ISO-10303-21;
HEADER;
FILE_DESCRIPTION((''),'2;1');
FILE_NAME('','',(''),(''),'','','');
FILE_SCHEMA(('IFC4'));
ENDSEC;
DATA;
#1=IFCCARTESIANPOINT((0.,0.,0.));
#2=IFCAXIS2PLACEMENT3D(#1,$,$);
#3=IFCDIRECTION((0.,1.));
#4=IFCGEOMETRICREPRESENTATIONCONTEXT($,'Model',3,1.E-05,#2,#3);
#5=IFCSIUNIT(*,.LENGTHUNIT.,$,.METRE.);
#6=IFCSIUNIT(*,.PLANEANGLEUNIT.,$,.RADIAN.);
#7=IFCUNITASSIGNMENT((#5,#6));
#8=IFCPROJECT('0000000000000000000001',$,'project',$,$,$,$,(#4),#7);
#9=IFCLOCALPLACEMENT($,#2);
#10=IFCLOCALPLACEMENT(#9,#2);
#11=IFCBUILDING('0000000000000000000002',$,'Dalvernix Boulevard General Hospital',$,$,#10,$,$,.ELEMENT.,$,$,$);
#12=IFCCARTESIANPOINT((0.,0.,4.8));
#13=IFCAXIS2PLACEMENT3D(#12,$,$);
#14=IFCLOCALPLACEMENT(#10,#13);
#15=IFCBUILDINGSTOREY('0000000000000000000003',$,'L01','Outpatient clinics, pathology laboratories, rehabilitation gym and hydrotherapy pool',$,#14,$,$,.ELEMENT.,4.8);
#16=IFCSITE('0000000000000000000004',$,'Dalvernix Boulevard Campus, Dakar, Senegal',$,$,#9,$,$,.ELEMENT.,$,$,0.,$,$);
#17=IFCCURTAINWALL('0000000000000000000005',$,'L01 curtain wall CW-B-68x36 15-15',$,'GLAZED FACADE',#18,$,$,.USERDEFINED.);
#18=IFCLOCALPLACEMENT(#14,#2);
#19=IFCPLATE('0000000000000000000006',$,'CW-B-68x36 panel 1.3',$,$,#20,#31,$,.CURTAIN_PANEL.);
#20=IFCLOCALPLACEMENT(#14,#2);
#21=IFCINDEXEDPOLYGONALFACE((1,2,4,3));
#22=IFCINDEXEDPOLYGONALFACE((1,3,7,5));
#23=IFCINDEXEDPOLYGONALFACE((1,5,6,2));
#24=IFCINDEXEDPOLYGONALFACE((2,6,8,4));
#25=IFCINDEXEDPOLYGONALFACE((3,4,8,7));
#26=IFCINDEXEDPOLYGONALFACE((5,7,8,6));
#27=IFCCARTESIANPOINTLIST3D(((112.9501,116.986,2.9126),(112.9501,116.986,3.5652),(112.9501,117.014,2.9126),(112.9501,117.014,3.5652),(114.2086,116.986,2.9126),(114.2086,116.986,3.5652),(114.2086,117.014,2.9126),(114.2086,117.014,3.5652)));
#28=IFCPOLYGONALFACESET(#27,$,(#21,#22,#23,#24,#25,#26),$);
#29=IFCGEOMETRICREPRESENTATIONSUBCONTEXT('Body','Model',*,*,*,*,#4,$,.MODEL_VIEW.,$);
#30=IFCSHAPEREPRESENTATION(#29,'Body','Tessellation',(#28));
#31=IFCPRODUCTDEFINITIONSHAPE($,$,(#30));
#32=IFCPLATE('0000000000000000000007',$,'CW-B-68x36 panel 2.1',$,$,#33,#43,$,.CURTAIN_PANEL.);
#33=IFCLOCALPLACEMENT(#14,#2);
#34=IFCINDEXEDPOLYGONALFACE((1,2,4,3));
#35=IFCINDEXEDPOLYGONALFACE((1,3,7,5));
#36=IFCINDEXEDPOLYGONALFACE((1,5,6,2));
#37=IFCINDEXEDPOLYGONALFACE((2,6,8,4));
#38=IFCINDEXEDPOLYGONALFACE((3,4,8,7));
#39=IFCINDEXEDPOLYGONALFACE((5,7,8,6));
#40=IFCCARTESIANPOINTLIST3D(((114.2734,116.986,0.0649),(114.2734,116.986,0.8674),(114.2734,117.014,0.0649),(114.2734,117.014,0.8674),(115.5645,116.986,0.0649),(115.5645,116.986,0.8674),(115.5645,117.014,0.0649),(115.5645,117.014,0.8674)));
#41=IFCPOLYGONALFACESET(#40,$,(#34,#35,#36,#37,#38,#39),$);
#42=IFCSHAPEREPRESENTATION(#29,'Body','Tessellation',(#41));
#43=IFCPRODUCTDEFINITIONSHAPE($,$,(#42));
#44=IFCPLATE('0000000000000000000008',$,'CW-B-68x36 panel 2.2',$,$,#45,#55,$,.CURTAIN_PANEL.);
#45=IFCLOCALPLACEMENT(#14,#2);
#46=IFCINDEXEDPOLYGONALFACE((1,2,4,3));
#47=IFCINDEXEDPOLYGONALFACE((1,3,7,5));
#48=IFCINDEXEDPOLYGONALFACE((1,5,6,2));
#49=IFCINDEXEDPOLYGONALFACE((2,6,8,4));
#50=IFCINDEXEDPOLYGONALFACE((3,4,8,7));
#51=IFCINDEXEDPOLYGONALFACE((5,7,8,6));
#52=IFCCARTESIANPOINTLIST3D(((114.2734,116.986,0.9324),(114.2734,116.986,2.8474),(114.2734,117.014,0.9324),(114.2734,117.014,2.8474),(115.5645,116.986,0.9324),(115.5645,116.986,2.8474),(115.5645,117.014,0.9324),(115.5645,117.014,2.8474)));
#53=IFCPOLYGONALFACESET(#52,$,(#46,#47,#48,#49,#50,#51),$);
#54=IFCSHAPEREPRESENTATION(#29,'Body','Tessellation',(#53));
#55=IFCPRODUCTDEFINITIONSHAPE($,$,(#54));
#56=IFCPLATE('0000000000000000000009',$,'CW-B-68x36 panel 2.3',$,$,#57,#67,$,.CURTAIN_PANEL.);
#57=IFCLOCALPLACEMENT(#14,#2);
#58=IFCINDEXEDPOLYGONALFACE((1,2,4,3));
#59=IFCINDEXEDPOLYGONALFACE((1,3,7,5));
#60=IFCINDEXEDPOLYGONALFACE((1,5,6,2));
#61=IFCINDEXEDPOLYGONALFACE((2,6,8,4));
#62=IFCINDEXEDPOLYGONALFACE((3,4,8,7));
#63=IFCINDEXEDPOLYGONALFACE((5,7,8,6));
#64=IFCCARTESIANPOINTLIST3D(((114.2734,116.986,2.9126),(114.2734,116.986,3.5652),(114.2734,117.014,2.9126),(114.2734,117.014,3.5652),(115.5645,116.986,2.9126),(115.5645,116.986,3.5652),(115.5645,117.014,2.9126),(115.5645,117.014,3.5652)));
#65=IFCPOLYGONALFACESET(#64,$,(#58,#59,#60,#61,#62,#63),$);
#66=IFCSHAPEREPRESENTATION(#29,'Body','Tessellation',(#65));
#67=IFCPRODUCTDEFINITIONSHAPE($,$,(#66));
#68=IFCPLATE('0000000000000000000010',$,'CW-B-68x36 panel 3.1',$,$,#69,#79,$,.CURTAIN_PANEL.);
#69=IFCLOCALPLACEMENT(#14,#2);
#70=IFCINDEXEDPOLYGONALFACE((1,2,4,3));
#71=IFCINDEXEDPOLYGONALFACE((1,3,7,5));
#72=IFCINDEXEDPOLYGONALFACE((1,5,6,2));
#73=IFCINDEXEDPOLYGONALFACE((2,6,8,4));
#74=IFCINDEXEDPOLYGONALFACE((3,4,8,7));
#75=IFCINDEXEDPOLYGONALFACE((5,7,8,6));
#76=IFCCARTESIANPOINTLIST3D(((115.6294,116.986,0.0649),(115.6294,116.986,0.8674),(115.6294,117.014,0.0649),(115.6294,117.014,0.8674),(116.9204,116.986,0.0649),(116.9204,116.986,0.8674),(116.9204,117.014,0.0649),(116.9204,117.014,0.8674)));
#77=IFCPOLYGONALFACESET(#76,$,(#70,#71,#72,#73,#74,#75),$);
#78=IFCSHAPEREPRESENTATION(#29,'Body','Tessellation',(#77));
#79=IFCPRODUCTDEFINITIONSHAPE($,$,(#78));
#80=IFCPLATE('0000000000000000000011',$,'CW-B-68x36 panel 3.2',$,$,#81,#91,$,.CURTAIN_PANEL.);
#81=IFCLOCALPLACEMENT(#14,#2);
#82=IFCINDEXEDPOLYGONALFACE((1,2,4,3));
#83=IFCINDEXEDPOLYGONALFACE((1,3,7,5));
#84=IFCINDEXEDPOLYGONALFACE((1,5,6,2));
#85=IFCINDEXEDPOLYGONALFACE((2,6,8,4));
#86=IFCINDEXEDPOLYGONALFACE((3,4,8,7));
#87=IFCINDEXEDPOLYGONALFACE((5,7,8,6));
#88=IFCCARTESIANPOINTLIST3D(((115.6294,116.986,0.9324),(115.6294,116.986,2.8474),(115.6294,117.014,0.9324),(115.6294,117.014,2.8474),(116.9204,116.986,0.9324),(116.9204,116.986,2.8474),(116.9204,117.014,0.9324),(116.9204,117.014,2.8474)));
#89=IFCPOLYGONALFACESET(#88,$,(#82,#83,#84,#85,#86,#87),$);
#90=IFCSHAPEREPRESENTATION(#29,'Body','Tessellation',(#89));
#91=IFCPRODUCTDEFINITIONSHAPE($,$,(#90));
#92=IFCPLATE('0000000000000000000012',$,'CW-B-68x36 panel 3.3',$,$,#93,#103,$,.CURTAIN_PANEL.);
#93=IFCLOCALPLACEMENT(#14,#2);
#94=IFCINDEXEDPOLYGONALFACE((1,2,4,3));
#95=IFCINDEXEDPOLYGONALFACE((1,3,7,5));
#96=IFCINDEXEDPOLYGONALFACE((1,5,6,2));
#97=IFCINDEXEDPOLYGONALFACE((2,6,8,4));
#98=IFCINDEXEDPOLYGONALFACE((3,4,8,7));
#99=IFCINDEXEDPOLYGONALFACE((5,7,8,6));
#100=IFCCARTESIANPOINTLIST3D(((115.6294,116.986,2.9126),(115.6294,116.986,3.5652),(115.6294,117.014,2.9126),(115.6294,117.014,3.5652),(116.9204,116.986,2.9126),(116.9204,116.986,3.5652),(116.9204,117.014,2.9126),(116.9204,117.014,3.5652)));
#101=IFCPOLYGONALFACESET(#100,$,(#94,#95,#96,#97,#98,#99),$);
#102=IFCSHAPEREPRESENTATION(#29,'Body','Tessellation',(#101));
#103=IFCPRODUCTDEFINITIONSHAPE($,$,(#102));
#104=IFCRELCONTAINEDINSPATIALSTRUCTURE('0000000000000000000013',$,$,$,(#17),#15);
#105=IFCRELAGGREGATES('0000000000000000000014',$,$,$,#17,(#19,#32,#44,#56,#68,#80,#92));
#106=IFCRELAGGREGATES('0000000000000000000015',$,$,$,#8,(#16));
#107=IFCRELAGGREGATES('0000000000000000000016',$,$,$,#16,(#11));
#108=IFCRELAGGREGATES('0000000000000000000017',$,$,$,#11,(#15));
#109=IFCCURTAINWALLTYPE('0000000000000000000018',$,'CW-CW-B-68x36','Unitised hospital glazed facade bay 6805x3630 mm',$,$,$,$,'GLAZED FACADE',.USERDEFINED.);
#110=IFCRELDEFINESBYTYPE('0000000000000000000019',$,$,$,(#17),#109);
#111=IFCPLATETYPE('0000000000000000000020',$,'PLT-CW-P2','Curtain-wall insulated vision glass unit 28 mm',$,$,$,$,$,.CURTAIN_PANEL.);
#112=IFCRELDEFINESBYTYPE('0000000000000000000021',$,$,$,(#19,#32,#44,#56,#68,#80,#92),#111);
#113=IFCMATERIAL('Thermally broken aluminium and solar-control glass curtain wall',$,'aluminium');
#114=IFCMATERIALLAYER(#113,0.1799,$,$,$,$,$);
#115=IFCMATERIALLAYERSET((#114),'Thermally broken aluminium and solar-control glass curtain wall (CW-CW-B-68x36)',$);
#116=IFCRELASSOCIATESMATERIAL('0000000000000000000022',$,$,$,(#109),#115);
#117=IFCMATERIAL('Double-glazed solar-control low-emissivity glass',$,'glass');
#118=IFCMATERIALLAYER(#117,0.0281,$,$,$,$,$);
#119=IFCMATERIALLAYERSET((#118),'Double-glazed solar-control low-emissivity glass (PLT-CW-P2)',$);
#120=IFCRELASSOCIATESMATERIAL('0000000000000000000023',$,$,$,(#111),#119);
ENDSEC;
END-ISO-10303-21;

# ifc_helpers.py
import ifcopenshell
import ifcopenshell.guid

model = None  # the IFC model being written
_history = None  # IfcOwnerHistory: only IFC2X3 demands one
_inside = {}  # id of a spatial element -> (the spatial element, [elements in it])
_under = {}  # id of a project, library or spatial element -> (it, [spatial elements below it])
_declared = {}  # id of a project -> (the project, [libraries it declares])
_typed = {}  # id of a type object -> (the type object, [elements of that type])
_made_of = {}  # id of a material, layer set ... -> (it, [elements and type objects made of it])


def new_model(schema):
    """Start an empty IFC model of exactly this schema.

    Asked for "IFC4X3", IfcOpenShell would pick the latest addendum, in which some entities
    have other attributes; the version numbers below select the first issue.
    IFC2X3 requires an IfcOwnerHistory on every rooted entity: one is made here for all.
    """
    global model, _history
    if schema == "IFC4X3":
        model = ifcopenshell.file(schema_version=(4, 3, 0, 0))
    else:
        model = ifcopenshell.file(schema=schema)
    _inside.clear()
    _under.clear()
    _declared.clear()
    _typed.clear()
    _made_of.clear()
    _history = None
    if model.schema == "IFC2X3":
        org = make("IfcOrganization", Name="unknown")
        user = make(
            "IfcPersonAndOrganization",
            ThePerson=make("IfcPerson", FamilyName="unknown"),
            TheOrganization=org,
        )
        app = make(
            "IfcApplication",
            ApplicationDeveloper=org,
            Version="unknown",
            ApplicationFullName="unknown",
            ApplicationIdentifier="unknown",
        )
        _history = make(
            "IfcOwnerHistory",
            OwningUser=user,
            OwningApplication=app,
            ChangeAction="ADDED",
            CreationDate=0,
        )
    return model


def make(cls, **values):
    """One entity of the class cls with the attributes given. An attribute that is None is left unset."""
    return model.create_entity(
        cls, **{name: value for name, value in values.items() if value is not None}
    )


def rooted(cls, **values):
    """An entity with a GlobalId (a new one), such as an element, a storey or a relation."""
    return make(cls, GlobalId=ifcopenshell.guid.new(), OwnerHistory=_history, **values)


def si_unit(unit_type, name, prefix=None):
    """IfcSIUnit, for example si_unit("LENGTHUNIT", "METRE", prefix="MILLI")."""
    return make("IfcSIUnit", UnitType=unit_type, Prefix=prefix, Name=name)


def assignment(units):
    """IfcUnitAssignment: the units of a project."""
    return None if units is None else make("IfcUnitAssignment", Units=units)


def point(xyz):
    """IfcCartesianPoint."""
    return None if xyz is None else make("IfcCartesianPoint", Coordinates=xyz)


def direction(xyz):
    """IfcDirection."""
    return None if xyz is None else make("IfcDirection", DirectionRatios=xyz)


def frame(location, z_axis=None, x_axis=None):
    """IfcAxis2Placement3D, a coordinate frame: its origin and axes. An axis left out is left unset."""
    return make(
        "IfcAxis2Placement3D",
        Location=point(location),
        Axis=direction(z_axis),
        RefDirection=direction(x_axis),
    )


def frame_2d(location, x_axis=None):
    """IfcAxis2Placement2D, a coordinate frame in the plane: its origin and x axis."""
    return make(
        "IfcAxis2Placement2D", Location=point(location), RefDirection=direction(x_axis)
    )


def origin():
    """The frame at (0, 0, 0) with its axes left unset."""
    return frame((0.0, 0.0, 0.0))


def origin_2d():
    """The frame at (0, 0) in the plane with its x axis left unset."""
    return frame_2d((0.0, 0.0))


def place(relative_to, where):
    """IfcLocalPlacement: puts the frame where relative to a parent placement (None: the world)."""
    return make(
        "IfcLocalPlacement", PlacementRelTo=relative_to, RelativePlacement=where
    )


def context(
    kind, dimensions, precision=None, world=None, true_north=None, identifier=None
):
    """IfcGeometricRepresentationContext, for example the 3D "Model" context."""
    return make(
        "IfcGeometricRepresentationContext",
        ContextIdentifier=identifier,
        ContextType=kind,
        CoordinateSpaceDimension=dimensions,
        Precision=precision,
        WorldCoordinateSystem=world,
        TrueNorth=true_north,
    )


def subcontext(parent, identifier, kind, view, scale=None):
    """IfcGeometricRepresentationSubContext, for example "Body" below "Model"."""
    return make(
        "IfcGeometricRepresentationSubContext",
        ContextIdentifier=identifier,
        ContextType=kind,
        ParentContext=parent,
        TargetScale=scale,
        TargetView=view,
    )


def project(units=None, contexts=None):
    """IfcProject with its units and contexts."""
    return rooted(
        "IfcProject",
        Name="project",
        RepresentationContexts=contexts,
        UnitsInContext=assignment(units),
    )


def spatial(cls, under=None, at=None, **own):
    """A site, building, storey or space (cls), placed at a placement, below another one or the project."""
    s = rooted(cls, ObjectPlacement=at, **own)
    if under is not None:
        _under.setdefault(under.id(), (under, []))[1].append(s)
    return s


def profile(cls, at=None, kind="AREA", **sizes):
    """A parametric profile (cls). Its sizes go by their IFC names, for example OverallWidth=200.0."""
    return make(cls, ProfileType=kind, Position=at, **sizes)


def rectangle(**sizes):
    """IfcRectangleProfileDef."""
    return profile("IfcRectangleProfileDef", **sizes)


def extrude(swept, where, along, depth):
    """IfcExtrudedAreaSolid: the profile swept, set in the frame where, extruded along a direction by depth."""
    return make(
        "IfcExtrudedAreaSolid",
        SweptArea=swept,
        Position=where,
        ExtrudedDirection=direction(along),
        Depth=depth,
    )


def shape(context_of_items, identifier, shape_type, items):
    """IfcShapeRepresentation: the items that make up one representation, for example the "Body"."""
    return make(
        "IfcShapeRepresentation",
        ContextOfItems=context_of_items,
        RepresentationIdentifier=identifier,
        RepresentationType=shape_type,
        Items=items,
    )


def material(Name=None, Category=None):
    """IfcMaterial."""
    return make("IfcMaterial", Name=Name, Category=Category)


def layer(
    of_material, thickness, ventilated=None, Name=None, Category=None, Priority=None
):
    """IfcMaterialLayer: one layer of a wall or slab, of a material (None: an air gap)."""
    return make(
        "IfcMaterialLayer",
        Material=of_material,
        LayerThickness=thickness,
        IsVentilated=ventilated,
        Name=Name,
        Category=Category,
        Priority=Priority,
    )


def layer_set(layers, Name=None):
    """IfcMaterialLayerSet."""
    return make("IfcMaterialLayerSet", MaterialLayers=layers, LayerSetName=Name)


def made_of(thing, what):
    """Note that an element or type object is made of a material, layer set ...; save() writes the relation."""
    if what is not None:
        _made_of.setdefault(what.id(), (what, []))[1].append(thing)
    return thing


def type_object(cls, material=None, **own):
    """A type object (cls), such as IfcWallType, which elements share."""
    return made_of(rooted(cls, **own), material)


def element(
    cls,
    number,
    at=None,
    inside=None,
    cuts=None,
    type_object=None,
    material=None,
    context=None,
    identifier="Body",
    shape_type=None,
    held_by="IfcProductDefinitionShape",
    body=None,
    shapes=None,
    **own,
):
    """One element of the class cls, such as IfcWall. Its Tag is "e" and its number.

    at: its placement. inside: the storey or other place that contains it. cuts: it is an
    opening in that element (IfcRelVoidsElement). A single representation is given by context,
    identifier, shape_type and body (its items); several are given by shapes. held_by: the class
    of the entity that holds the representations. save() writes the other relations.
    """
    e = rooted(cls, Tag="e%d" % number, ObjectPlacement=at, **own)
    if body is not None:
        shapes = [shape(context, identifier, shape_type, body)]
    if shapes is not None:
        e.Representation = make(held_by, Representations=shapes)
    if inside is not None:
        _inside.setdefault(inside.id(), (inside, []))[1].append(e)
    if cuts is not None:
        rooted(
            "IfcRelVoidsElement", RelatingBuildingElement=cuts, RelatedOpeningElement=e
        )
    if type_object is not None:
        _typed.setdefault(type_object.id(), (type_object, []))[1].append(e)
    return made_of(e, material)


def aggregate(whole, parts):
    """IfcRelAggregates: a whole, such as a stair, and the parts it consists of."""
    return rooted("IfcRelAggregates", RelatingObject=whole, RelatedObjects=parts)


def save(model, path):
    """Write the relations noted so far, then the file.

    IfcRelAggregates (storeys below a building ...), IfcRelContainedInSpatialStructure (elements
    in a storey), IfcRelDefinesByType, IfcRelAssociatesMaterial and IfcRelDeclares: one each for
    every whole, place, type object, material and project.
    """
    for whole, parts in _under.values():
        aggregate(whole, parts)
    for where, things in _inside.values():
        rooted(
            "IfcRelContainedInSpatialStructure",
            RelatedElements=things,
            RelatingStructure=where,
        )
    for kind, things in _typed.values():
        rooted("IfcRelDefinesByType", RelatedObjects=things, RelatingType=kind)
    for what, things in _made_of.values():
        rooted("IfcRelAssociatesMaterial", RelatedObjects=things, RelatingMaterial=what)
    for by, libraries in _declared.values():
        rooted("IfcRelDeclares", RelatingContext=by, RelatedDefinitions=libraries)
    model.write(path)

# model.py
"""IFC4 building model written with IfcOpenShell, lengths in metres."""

from ifc_helpers import new_model, si_unit, direction, frame, origin, origin_2d, place, context, subcontext, project, spatial, rectangle, extrude, material, layer, layer_set, type_object, element, aggregate, save


model = new_model("IFC4")

# Units and contexts
model_context = context("Model", 3, precision=1e-05, world=origin(), true_north=direction((0.0, 1.0)))
body_context = subcontext(model_context, "Body", "Model", "MODEL_VIEW")
ifc_project = project(units=[si_unit("LENGTHUNIT", "METRE"), si_unit("PLANEANGLEUNIT", "RADIAN")], contexts=[model_context])

# Site, building, storey
site_placement = place(None, origin())
site = spatial("IfcSite", under=ifc_project, at=site_placement, Name="Dalvernix Boulevard Campus, Dakar, Senegal", CompositionType="ELEMENT", RefElevation=0.0)
building_placement = place(site_placement, origin())
building = spatial("IfcBuilding", under=site, at=building_placement, Name="Dalvernix Boulevard General Hospital", CompositionType="ELEMENT")
storey_placement = place(building_placement, frame((0.0, 0.0, 4.8)))
storey = spatial("IfcBuildingStorey", under=building, at=storey_placement, Name="L01", Description="Outpatient clinics, pathology laboratories, rehabilitation gym and hydrotherapy pool", CompositionType="ELEMENT", Elevation=4.8)

# Curtain wall, plates
ifc_material_1 = material(Name="Thermally broken aluminium and solar-control glass curtain wall", Category="aluminium")
ifc_layer_1 = layer(ifc_material_1, 0.1799)
ifc_layer_set_1 = layer_set([ifc_layer_1], Name="Thermally broken aluminium and solar-control glass curtain wall (CW-CW-B-68x36)")
curtain_wall_type = type_object("IfcCurtainWallType", Name="CW-CW-B-68x36", Description="Unitised hospital glazed facade bay 6805x3630 mm", ElementType="GLAZED FACADE", PredefinedType="USERDEFINED", material=ifc_layer_set_1)
curtain_wall_placement = place(storey_placement, origin())
curtain_wall = element("IfcCurtainWall", 1, at=curtain_wall_placement, inside=storey, type_object=curtain_wall_type, Name="L01 curtain wall CW-B-68x36 15-15", ObjectType="GLAZED FACADE", PredefinedType="USERDEFINED")
ifc_material_2 = material(Name="Double-glazed solar-control low-emissivity glass", Category="glass")
ifc_layer_2 = layer(ifc_material_2, 0.0281)
ifc_layer_set_2 = layer_set([ifc_layer_2], Name="Double-glazed solar-control low-emissivity glass (PLT-CW-P2)")
plate_type = type_object("IfcPlateType", Name="PLT-CW-P2", Description="Curtain-wall insulated vision glass unit 28 mm", PredefinedType="CURTAIN_PANEL", material=ifc_layer_set_2)
plate_1_placement = place(storey_placement, frame((113.5793, 117.0, 2.9126), z_axis=(0.0, 0.0, 1.0), x_axis=(1.0, 0.0, 0.0)))
plate_1 = element("IfcPlate", 2, at=plate_1_placement, type_object=plate_type, Name="CW-B-68x36 panel 1.3", PredefinedType="CURTAIN_PANEL", context=body_context, shape_type="SweptSolid", body=[
    extrude(rectangle(XDim=1.2585, YDim=0.0281, at=origin_2d()), origin(), (0.0, 0.0, 1.0), 0.6526),
])
plate_2_placement = place(storey_placement, frame((114.9189, 117.0, 0.0649), z_axis=(0.0, 0.0, 1.0), x_axis=(1.0, 0.0, 0.0)))
plate_2 = element("IfcPlate", 3, at=plate_2_placement, type_object=plate_type, Name="CW-B-68x36 panel 2.1", PredefinedType="CURTAIN_PANEL", context=body_context, shape_type="SweptSolid", body=[
    extrude(rectangle(XDim=1.291, YDim=0.0281, at=origin_2d()), origin(), (0.0, 0.0, 1.0), 0.8025),
])
plate_3_placement = place(storey_placement, frame((114.9189, 117.0, 0.9324), z_axis=(0.0, 0.0, 1.0), x_axis=(1.0, 0.0, 0.0)))
plate_3 = element("IfcPlate", 4, at=plate_3_placement, type_object=plate_type, Name="CW-B-68x36 panel 2.2", PredefinedType="CURTAIN_PANEL", context=body_context, shape_type="SweptSolid", body=[
    extrude(rectangle(XDim=1.291, YDim=0.0281, at=origin_2d()), origin(), (0.0, 0.0, 1.0), 1.915),
])
plate_4_placement = place(storey_placement, frame((114.9189, 117.0, 2.9126), z_axis=(0.0, 0.0, 1.0), x_axis=(1.0, 0.0, 0.0)))
plate_4 = element("IfcPlate", 5, at=plate_4_placement, type_object=plate_type, Name="CW-B-68x36 panel 2.3", PredefinedType="CURTAIN_PANEL", context=body_context, shape_type="SweptSolid", body=[
    extrude(rectangle(XDim=1.291, YDim=0.0281, at=origin_2d()), origin(), (0.0, 0.0, 1.0), 0.6526),
])
plate_5_placement = place(storey_placement, frame((116.2749, 117.0, 0.0649), z_axis=(0.0, 0.0, 1.0), x_axis=(1.0, 0.0, 0.0)))
plate_5 = element("IfcPlate", 6, at=plate_5_placement, type_object=plate_type, Name="CW-B-68x36 panel 3.1", PredefinedType="CURTAIN_PANEL", context=body_context, shape_type="SweptSolid", body=[
    extrude(rectangle(XDim=1.291, YDim=0.0281, at=origin_2d()), origin(), (0.0, 0.0, 1.0), 0.8025),
])
plate_6_placement = place(storey_placement, frame((116.2749, 117.0, 0.9324), z_axis=(0.0, 0.0, 1.0), x_axis=(1.0, 0.0, 0.0)))
plate_6 = element("IfcPlate", 7, at=plate_6_placement, type_object=plate_type, Name="CW-B-68x36 panel 3.2", PredefinedType="CURTAIN_PANEL", context=body_context, shape_type="SweptSolid", body=[
    extrude(rectangle(XDim=1.291, YDim=0.0281, at=origin_2d()), origin(), (0.0, 0.0, 1.0), 1.915),
])
plate_7_placement = place(storey_placement, frame((116.2749, 117.0, 2.9126), z_axis=(0.0, 0.0, 1.0), x_axis=(1.0, 0.0, 0.0)))
plate_7 = element("IfcPlate", 8, at=plate_7_placement, type_object=plate_type, Name="CW-B-68x36 panel 3.3", PredefinedType="CURTAIN_PANEL", context=body_context, shape_type="SweptSolid", body=[
    extrude(rectangle(XDim=1.291, YDim=0.0281, at=origin_2d()), origin(), (0.0, 0.0, 1.0), 0.6526),
])
aggregate(curtain_wall, [plate_1, plate_2, plate_3, plate_4, plate_5, plate_6, plate_7])

save(model, "model.ifc")
